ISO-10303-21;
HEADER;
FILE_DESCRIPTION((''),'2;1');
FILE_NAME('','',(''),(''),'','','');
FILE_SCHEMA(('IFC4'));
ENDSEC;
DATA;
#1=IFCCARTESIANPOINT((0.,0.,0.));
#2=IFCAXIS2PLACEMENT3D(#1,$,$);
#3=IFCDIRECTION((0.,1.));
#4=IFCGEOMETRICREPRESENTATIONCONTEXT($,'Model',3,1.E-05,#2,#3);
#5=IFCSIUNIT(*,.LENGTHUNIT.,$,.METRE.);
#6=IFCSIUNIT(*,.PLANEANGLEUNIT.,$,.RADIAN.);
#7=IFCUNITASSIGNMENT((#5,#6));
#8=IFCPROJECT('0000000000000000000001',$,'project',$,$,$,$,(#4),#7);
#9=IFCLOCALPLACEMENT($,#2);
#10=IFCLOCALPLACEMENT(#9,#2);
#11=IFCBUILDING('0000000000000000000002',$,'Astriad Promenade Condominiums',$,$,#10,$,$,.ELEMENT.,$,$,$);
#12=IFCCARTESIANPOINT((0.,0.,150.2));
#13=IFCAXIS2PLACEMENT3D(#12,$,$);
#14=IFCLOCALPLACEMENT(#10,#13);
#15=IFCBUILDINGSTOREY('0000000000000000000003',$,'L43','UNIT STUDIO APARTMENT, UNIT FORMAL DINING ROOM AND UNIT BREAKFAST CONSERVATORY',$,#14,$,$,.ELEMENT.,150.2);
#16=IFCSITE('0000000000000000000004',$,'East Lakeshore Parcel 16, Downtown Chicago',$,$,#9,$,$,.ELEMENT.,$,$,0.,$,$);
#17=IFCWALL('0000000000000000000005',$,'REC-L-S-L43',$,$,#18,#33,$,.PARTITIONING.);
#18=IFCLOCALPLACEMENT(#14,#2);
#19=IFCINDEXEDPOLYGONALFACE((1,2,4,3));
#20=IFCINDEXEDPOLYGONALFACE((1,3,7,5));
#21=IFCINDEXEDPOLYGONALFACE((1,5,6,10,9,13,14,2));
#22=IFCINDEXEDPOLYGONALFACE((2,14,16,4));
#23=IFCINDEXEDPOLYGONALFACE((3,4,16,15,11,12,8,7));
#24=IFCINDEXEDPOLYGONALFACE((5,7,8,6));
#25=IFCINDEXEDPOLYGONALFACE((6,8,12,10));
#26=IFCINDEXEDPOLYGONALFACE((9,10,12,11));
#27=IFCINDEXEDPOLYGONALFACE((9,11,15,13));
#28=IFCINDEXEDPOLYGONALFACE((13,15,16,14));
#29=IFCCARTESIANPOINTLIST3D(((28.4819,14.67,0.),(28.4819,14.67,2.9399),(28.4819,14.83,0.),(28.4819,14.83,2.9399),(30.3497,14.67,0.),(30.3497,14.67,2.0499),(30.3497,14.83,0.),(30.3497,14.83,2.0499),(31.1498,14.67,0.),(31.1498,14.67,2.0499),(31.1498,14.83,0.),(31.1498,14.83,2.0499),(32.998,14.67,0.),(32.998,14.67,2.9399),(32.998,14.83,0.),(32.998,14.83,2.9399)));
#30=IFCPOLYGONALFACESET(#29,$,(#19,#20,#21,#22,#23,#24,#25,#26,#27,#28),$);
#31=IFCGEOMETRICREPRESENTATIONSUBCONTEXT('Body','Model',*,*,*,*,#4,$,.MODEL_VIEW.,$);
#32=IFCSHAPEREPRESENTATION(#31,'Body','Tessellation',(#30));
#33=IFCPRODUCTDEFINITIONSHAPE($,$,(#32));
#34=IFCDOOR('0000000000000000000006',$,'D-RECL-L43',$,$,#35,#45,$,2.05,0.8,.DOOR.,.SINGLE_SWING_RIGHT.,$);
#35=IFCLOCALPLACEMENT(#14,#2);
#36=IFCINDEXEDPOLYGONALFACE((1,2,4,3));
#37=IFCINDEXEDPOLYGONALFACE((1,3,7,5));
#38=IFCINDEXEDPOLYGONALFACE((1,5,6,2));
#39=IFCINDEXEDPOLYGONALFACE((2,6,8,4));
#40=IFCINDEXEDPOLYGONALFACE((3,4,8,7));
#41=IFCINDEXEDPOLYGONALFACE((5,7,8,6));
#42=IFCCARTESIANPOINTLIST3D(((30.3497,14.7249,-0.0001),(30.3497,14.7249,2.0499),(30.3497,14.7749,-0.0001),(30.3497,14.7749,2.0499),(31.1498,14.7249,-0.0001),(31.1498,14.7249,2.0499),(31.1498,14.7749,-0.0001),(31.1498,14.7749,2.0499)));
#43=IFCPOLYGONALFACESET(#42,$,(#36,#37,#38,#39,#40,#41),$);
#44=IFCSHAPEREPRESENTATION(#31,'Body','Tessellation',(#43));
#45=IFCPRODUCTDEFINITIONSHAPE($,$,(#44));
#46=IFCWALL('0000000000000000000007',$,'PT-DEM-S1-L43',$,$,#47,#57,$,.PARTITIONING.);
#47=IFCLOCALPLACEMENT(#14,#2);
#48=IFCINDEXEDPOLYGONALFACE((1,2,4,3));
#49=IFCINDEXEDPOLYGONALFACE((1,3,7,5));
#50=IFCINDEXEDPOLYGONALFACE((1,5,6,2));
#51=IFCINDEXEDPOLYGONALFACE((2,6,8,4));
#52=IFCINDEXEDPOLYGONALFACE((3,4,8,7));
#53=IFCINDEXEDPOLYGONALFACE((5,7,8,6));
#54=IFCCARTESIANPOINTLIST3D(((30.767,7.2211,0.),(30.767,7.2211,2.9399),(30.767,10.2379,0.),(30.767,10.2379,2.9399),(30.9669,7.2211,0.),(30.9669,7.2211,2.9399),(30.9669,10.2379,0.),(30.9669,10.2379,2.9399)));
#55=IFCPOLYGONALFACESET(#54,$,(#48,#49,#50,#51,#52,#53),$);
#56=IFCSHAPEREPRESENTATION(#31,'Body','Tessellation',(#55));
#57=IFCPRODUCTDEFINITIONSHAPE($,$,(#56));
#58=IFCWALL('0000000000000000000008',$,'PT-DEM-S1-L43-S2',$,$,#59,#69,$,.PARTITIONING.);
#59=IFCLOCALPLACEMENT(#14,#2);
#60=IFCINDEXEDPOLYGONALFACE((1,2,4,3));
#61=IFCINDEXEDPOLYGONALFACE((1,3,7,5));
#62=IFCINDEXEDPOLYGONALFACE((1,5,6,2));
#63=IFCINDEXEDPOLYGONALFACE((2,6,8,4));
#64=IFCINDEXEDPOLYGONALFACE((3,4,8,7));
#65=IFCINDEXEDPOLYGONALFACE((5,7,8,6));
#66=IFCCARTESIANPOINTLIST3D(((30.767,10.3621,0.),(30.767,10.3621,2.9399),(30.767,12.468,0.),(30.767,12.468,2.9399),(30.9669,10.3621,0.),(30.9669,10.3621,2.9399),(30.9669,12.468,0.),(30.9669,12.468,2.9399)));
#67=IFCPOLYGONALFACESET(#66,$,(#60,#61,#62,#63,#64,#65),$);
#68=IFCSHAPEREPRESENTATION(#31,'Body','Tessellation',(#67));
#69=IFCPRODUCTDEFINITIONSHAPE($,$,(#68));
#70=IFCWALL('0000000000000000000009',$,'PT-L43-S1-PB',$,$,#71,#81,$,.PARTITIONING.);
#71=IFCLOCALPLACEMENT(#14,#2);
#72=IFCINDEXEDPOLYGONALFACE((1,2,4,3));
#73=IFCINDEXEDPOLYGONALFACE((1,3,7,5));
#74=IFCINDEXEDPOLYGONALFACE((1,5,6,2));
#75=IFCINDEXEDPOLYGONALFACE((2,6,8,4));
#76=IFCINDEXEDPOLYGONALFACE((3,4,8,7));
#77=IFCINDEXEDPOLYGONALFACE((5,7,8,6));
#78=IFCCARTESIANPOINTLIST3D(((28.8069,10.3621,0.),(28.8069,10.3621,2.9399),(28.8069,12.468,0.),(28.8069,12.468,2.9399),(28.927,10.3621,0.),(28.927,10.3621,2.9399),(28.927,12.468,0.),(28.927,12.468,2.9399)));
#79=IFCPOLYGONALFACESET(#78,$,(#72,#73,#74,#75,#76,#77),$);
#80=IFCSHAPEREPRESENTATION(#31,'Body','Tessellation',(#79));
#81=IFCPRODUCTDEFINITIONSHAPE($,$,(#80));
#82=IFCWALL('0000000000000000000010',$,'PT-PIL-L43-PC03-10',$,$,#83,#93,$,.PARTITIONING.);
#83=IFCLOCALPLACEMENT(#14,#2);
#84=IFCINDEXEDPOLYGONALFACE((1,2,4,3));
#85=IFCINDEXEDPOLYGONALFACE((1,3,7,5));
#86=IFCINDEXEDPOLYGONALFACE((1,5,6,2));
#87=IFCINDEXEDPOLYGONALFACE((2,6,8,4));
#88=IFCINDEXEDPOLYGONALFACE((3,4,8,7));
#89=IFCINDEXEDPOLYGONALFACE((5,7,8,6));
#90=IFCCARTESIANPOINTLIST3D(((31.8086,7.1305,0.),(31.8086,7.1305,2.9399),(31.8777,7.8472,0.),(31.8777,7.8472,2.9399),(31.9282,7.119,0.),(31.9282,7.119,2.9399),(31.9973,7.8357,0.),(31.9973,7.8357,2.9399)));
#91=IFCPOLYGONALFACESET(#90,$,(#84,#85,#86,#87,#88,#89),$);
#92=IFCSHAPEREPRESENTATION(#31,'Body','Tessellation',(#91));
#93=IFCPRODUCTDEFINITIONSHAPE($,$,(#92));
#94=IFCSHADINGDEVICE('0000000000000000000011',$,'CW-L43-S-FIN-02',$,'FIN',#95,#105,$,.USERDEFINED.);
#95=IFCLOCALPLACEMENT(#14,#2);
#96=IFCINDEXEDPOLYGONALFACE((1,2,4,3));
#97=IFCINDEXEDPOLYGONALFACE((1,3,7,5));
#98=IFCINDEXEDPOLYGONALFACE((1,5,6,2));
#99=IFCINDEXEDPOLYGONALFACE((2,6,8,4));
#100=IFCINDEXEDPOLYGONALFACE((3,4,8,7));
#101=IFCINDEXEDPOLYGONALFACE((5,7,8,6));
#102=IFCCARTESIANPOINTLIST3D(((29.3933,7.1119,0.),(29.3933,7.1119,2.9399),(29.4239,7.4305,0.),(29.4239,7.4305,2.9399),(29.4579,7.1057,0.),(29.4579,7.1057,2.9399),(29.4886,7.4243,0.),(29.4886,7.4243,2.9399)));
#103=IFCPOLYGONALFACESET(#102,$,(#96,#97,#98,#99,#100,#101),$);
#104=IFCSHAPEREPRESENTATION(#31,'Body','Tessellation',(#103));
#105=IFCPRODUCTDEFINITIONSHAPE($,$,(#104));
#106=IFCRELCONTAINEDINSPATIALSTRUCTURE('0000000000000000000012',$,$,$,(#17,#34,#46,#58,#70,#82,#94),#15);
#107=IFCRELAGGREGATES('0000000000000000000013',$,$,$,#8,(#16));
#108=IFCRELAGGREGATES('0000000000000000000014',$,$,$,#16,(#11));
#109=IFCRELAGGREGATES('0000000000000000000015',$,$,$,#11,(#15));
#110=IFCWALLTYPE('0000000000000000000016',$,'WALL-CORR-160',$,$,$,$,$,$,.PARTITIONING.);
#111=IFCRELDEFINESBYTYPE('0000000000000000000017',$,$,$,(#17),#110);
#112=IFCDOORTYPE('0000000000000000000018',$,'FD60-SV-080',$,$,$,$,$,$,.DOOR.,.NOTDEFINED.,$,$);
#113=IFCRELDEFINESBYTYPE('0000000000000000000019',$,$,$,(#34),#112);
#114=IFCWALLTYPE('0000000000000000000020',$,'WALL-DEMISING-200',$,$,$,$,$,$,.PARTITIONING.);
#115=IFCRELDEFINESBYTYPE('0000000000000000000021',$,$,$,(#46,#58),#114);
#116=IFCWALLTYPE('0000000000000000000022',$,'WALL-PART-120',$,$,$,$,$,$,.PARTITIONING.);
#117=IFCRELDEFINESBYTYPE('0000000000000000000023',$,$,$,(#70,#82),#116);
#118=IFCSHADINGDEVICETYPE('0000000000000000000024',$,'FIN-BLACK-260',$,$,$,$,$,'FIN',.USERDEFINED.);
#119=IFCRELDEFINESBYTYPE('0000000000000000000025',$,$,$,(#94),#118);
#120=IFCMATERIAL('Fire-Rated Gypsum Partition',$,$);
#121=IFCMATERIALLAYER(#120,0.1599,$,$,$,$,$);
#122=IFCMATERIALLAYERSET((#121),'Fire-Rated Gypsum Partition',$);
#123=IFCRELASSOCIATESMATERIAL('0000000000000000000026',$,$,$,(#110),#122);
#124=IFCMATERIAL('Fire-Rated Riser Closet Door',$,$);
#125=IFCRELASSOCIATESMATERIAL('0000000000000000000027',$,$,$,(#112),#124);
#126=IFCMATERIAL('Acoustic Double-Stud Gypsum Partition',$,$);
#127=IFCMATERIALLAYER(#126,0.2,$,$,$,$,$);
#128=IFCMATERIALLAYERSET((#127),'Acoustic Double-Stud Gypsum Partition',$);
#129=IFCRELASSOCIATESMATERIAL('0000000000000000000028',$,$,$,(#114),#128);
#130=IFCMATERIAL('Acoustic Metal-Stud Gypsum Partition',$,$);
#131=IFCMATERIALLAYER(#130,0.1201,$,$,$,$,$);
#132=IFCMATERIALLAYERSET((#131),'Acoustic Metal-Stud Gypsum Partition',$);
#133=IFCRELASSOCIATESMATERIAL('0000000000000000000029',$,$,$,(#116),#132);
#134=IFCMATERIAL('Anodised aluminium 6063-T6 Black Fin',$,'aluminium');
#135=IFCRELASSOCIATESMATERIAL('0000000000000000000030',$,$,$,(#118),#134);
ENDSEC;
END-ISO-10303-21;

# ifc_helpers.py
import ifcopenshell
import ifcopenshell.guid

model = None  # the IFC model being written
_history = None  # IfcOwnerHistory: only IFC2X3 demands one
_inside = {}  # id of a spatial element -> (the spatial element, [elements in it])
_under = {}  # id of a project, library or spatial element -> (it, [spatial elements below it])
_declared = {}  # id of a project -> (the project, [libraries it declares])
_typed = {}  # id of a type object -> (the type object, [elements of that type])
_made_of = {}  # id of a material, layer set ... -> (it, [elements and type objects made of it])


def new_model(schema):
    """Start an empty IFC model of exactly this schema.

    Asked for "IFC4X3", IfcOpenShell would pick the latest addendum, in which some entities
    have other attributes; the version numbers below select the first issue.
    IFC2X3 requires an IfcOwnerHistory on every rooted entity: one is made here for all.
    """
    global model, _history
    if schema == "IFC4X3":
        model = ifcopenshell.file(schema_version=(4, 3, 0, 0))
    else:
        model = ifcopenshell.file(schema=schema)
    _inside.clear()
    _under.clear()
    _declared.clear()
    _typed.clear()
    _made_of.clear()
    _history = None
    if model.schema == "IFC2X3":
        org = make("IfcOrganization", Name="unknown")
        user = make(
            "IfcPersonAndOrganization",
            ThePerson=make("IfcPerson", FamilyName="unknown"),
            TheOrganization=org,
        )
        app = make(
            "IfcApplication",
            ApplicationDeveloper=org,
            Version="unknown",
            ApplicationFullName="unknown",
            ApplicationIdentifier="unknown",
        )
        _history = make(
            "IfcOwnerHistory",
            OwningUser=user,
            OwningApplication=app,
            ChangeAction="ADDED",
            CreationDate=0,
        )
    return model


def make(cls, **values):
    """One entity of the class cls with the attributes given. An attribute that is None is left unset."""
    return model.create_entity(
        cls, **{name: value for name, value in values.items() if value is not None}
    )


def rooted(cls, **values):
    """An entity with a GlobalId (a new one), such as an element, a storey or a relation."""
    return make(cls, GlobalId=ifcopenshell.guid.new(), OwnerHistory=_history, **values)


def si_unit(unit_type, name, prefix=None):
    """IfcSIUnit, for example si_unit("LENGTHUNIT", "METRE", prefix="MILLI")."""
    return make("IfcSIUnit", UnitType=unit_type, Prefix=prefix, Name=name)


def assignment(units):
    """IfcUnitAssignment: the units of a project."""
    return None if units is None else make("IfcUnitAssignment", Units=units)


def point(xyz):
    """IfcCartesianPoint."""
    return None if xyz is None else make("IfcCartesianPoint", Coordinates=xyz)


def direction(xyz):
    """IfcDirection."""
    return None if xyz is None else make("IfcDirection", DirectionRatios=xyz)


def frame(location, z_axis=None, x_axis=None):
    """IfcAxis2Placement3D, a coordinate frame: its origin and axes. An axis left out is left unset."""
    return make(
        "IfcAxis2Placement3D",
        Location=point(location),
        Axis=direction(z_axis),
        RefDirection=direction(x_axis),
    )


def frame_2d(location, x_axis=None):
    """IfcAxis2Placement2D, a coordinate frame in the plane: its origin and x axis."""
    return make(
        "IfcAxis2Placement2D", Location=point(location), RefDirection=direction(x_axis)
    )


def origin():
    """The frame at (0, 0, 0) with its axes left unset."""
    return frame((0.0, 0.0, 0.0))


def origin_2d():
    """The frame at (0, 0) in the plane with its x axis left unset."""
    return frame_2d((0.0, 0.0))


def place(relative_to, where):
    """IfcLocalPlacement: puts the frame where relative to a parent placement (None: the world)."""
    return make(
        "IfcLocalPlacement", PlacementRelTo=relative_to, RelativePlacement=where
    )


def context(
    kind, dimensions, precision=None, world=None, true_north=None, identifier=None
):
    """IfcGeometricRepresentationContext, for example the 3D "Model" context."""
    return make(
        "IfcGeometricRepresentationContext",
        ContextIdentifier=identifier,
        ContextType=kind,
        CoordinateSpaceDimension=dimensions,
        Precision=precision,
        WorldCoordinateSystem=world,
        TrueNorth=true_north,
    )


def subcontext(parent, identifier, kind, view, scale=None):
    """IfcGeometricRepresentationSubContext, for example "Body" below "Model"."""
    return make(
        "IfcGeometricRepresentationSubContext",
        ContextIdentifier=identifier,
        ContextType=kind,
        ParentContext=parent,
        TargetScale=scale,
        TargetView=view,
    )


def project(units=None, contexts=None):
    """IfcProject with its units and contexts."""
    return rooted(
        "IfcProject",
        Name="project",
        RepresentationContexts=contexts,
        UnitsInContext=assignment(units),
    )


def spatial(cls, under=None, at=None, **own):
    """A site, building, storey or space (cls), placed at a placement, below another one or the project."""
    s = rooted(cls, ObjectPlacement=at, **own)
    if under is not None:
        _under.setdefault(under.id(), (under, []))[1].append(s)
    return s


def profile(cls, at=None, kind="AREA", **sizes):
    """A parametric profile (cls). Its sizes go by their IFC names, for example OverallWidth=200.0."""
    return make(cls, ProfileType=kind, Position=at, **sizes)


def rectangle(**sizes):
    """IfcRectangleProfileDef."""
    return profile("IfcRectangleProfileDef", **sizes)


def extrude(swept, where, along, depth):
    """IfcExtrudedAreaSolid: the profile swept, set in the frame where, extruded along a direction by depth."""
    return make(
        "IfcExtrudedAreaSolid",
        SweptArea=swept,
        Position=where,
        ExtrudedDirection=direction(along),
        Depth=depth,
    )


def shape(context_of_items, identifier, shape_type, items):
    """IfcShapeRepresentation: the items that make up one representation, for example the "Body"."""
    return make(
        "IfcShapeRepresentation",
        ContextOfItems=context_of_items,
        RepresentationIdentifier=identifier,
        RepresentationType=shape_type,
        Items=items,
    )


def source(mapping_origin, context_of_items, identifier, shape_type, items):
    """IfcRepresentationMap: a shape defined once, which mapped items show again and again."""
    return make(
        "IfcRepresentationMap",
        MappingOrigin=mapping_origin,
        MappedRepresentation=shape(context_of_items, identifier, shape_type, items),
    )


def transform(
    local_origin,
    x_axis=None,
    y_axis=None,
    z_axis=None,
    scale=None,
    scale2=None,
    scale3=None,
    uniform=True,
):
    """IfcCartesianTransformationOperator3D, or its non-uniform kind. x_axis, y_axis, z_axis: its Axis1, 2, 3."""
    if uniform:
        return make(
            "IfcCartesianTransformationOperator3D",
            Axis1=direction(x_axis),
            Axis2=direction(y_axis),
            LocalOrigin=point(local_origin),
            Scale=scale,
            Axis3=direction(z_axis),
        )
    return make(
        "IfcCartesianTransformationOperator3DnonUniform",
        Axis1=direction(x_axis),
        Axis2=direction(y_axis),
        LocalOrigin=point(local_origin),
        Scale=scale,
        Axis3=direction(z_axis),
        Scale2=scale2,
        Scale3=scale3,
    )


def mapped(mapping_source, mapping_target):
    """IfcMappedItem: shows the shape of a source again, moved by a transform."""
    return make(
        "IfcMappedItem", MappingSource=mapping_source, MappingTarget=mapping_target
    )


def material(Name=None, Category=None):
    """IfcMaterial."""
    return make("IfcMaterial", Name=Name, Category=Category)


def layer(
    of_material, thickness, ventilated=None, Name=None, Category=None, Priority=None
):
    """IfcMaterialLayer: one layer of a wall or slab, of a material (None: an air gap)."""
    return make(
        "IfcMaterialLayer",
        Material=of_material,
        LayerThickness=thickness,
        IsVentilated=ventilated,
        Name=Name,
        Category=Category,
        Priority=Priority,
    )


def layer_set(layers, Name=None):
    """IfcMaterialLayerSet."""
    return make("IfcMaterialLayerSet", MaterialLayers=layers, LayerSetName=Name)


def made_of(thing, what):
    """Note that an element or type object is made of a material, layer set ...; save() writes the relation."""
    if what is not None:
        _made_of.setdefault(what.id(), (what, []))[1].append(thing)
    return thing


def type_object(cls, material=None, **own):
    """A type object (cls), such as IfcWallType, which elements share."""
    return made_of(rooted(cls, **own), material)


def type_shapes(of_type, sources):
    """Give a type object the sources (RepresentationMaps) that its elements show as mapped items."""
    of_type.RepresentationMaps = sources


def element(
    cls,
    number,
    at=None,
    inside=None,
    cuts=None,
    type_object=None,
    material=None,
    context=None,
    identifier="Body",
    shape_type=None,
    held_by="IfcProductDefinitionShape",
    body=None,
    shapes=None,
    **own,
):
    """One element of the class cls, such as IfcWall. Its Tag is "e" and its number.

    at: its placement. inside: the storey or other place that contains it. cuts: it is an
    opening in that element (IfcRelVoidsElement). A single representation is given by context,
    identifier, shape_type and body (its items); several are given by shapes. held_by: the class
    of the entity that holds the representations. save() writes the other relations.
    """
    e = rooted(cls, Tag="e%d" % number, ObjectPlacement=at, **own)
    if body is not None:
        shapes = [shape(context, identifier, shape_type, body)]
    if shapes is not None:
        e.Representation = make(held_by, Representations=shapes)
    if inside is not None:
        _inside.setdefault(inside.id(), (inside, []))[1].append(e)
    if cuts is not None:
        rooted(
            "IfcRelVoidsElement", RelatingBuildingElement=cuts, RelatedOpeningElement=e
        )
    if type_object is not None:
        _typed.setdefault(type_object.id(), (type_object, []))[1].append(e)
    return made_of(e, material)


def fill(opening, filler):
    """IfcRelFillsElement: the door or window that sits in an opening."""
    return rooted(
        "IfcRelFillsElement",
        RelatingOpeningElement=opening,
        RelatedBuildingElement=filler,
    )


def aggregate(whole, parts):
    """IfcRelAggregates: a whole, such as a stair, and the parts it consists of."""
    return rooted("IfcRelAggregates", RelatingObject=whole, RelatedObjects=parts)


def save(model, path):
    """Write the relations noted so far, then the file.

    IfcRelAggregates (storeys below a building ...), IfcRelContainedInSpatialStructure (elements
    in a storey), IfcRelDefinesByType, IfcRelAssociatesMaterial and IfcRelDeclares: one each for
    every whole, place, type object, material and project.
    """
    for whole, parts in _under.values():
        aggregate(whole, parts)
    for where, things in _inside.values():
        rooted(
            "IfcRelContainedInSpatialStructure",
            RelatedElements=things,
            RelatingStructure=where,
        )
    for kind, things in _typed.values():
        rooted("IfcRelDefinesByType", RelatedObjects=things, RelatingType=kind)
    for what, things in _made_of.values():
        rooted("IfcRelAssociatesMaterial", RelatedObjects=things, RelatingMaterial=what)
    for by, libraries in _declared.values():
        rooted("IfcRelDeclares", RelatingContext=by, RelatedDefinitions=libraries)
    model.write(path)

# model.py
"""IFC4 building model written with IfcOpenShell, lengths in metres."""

from ifc_helpers import new_model, si_unit, direction, frame, frame_2d, origin, origin_2d, place, context, subcontext, project, spatial, rectangle, extrude, source, transform, mapped, material, layer, layer_set, type_object, type_shapes, element, fill, save


model = new_model("IFC4")

# Units and contexts
model_context = context("Model", 3, precision=1e-05, world=origin(), true_north=direction((0.0, 1.0)))
body_context = subcontext(model_context, "Body", "Model", "MODEL_VIEW")
ifc_project = project(units=[si_unit("LENGTHUNIT", "METRE"), si_unit("PLANEANGLEUNIT", "RADIAN")], contexts=[model_context])

# Site, building, storey
site_placement = place(None, origin())
site = spatial("IfcSite", under=ifc_project, at=site_placement, Name="East Lakeshore Parcel 16, Downtown Chicago", CompositionType="ELEMENT", RefElevation=0.0)
building_placement = place(site_placement, origin())
building = spatial("IfcBuilding", under=site, at=building_placement, Name="Astriad Promenade Condominiums", CompositionType="ELEMENT")
storey_placement = place(building_placement, frame((0.0, 0.0, 150.2)))
storey = spatial("IfcBuildingStorey", under=building, at=storey_placement, Name="L43", Description="UNIT STUDIO APARTMENT, UNIT FORMAL DINING ROOM AND UNIT BREAKFAST CONSERVATORY", CompositionType="ELEMENT", Elevation=150.2)

# Shared definitions
ifc_material_1 = material(Name="Fire-Rated Gypsum Partition")
ifc_layer_1 = layer(ifc_material_1, 0.1599)
ifc_layer_set_1 = layer_set([ifc_layer_1], Name="Fire-Rated Gypsum Partition")
wall_type_1 = type_object("IfcWallType", Name="WALL-CORR-160", PredefinedType="PARTITIONING", material=ifc_layer_set_1)

# Wall, opening, door
wall_1_placement = place(storey_placement, frame((28.4819, 14.75, 0.0), z_axis=(0.0, 0.0, 1.0), x_axis=(1.0, 0.0, 0.0)))
wall_1 = element("IfcWall", 1, at=wall_1_placement, inside=storey, type_object=wall_type_1, Name="REC-L-S-L43", PredefinedType="PARTITIONING", context=body_context, shape_type="SweptSolid", body=[
    extrude(rectangle(XDim=4.5161, YDim=0.1599, at=frame_2d((2.2581, 0.0))), origin(), (0.0, 0.0, 1.0), 2.9399),
])
opening_placement = place(wall_1_placement, frame((1.8679, 0.0, 0.0)))
opening = element("IfcOpeningElement", 2, at=opening_placement, cuts=wall_1, PredefinedType="OPENING", context=body_context, shape_type="SweptSolid", body=[
    extrude(rectangle(XDim=0.8, YDim=2.05, at=frame_2d((0.3999, 1.0249))), frame((0.0, 0.0898, 0.0), z_axis=(0.0, -1.0, 0.0), x_axis=(1.0, 0.0, 0.0)), (0.0, 0.0, 1.0), 0.1799),
])
ifc_material_2 = material(Name="Fire-Rated Riser Closet Door")
door_type = type_object("IfcDoorType", Name="FD60-SV-080", OperationType="NOTDEFINED", PredefinedType="DOOR", material=ifc_material_2)
shared_shape_1 = source(origin(), body_context, "Body", "SweptSolid", [
    extrude(rectangle(XDim=0.8, YDim=2.05, at=frame_2d((0.3999, 1.0249))), frame((0.0, 0.0249, 0.0), z_axis=(0.0, -1.0, 0.0), x_axis=(1.0, 0.0, 0.0)), (0.0, 0.0, 1.0), 0.05),
])
type_shapes(door_type, [shared_shape_1])
door_placement = place(opening_placement, origin())
door = element("IfcDoor", 3, at=door_placement, inside=storey, type_object=door_type, Name="D-RECL-L43", OperationType="SINGLE_SWING_RIGHT", OverallHeight=2.05, OverallWidth=0.8, PredefinedType="DOOR", context=body_context, shape_type="MappedRepresentation", body=[
    mapped(shared_shape_1, transform((0.0, 0.0, 0.0), scale=1.0)),
])
fill(opening, door)

# Walls
ifc_material_3 = material(Name="Acoustic Double-Stud Gypsum Partition")
ifc_layer_2 = layer(ifc_material_3, 0.2)
ifc_layer_set_2 = layer_set([ifc_layer_2], Name="Acoustic Double-Stud Gypsum Partition")
wall_type_2 = type_object("IfcWallType", Name="WALL-DEMISING-200", PredefinedType="PARTITIONING", material=ifc_layer_set_2)
wall_2_placement = place(storey_placement, frame((30.8669, 7.2212, 0.0), z_axis=(0.0, 0.0, 1.0), x_axis=(0.0, 1.0, 0.0)))
element("IfcWall", 4, at=wall_2_placement, inside=storey, type_object=wall_type_2, Name="PT-DEM-S1-L43", PredefinedType="PARTITIONING", context=body_context, shape_type="SweptSolid", body=[
    extrude(rectangle(XDim=3.0168, YDim=0.2, at=frame_2d((1.5083, 0.0))), origin(), (0.0, 0.0, 1.0), 2.9399),
])
wall_3_placement = place(storey_placement, frame((30.8669, 10.3621, 0.0), z_axis=(0.0, 0.0, 1.0), x_axis=(0.0, 1.0, 0.0)))
element("IfcWall", 5, at=wall_3_placement, inside=storey, type_object=wall_type_2, Name="PT-DEM-S1-L43-S2", PredefinedType="PARTITIONING", context=body_context, shape_type="SweptSolid", body=[
    extrude(rectangle(XDim=2.106, YDim=0.2, at=frame_2d((1.053, 0.0))), origin(), (0.0, 0.0, 1.0), 2.9399),
])
ifc_material_4 = material(Name="Acoustic Metal-Stud Gypsum Partition")
ifc_layer_3 = layer(ifc_material_4, 0.1201)
ifc_layer_set_3 = layer_set([ifc_layer_3], Name="Acoustic Metal-Stud Gypsum Partition")
wall_type_3 = type_object("IfcWallType", Name="WALL-PART-120", PredefinedType="PARTITIONING", material=ifc_layer_set_3)
wall_4_placement = place(storey_placement, frame((28.8669, 10.3621, 0.0), z_axis=(0.0, 0.0, 1.0), x_axis=(0.0, 1.0, 0.0)))
element("IfcWall", 6, at=wall_4_placement, inside=storey, type_object=wall_type_3, Name="PT-L43-S1-PB", PredefinedType="PARTITIONING", context=body_context, shape_type="SweptSolid", body=[
    extrude(rectangle(XDim=2.106, YDim=0.1201, at=frame_2d((1.053, 0.0))), origin(), (0.0, 0.0, 1.0), 2.9399),
])
wall_5_placement = place(storey_placement, frame((31.9375, 7.8413, 0.0), z_axis=(0.0, 0.0, 1.0), x_axis=(-0.095977, -0.995384, 0.0)))
element("IfcWall", 7, at=wall_5_placement, inside=storey, type_object=wall_type_3, Name="PT-PIL-L43-PC03-10", PredefinedType="PARTITIONING", context=body_context, shape_type="SweptSolid", body=[
    extrude(rectangle(XDim=0.72, YDim=0.1201, at=frame_2d((0.3599, 0.0))), origin(), (0.0, 0.0, 1.0), 2.9399),
])

# Shading device
ifc_material_5 = material(Name="Anodised aluminium 6063-T6 Black Fin", Category="aluminium")
shading_device_type = type_object("IfcShadingDeviceType", Name="FIN-BLACK-260", ElementType="FIN", PredefinedType="USERDEFINED", material=ifc_material_5)
shared_shape_2 = source(origin(), body_context, "Body", "SweptSolid", [
    extrude(rectangle(XDim=0.0649, YDim=0.3201, at=origin_2d()), origin(), (0.0, 0.0, 1.0), 2.9399),
])
type_shapes(shading_device_type, [shared_shape_2])
shading_device_placement = place(storey_placement, frame((29.4409, 7.2681, 0.0), z_axis=(0.0, 0.0, 1.0), x_axis=(-0.995396, 0.095846, 0.0)))
element("IfcShadingDevice", 8, at=shading_device_placement, inside=storey, type_object=shading_device_type, Name="CW-L43-S-FIN-02", ObjectType="FIN", PredefinedType="USERDEFINED", context=body_context, shape_type="MappedRepresentation", body=[
    mapped(shared_shape_2, transform((0.0, 0.0, 0.0), scale=1.0)),
])

save(model, "model.ifc")
